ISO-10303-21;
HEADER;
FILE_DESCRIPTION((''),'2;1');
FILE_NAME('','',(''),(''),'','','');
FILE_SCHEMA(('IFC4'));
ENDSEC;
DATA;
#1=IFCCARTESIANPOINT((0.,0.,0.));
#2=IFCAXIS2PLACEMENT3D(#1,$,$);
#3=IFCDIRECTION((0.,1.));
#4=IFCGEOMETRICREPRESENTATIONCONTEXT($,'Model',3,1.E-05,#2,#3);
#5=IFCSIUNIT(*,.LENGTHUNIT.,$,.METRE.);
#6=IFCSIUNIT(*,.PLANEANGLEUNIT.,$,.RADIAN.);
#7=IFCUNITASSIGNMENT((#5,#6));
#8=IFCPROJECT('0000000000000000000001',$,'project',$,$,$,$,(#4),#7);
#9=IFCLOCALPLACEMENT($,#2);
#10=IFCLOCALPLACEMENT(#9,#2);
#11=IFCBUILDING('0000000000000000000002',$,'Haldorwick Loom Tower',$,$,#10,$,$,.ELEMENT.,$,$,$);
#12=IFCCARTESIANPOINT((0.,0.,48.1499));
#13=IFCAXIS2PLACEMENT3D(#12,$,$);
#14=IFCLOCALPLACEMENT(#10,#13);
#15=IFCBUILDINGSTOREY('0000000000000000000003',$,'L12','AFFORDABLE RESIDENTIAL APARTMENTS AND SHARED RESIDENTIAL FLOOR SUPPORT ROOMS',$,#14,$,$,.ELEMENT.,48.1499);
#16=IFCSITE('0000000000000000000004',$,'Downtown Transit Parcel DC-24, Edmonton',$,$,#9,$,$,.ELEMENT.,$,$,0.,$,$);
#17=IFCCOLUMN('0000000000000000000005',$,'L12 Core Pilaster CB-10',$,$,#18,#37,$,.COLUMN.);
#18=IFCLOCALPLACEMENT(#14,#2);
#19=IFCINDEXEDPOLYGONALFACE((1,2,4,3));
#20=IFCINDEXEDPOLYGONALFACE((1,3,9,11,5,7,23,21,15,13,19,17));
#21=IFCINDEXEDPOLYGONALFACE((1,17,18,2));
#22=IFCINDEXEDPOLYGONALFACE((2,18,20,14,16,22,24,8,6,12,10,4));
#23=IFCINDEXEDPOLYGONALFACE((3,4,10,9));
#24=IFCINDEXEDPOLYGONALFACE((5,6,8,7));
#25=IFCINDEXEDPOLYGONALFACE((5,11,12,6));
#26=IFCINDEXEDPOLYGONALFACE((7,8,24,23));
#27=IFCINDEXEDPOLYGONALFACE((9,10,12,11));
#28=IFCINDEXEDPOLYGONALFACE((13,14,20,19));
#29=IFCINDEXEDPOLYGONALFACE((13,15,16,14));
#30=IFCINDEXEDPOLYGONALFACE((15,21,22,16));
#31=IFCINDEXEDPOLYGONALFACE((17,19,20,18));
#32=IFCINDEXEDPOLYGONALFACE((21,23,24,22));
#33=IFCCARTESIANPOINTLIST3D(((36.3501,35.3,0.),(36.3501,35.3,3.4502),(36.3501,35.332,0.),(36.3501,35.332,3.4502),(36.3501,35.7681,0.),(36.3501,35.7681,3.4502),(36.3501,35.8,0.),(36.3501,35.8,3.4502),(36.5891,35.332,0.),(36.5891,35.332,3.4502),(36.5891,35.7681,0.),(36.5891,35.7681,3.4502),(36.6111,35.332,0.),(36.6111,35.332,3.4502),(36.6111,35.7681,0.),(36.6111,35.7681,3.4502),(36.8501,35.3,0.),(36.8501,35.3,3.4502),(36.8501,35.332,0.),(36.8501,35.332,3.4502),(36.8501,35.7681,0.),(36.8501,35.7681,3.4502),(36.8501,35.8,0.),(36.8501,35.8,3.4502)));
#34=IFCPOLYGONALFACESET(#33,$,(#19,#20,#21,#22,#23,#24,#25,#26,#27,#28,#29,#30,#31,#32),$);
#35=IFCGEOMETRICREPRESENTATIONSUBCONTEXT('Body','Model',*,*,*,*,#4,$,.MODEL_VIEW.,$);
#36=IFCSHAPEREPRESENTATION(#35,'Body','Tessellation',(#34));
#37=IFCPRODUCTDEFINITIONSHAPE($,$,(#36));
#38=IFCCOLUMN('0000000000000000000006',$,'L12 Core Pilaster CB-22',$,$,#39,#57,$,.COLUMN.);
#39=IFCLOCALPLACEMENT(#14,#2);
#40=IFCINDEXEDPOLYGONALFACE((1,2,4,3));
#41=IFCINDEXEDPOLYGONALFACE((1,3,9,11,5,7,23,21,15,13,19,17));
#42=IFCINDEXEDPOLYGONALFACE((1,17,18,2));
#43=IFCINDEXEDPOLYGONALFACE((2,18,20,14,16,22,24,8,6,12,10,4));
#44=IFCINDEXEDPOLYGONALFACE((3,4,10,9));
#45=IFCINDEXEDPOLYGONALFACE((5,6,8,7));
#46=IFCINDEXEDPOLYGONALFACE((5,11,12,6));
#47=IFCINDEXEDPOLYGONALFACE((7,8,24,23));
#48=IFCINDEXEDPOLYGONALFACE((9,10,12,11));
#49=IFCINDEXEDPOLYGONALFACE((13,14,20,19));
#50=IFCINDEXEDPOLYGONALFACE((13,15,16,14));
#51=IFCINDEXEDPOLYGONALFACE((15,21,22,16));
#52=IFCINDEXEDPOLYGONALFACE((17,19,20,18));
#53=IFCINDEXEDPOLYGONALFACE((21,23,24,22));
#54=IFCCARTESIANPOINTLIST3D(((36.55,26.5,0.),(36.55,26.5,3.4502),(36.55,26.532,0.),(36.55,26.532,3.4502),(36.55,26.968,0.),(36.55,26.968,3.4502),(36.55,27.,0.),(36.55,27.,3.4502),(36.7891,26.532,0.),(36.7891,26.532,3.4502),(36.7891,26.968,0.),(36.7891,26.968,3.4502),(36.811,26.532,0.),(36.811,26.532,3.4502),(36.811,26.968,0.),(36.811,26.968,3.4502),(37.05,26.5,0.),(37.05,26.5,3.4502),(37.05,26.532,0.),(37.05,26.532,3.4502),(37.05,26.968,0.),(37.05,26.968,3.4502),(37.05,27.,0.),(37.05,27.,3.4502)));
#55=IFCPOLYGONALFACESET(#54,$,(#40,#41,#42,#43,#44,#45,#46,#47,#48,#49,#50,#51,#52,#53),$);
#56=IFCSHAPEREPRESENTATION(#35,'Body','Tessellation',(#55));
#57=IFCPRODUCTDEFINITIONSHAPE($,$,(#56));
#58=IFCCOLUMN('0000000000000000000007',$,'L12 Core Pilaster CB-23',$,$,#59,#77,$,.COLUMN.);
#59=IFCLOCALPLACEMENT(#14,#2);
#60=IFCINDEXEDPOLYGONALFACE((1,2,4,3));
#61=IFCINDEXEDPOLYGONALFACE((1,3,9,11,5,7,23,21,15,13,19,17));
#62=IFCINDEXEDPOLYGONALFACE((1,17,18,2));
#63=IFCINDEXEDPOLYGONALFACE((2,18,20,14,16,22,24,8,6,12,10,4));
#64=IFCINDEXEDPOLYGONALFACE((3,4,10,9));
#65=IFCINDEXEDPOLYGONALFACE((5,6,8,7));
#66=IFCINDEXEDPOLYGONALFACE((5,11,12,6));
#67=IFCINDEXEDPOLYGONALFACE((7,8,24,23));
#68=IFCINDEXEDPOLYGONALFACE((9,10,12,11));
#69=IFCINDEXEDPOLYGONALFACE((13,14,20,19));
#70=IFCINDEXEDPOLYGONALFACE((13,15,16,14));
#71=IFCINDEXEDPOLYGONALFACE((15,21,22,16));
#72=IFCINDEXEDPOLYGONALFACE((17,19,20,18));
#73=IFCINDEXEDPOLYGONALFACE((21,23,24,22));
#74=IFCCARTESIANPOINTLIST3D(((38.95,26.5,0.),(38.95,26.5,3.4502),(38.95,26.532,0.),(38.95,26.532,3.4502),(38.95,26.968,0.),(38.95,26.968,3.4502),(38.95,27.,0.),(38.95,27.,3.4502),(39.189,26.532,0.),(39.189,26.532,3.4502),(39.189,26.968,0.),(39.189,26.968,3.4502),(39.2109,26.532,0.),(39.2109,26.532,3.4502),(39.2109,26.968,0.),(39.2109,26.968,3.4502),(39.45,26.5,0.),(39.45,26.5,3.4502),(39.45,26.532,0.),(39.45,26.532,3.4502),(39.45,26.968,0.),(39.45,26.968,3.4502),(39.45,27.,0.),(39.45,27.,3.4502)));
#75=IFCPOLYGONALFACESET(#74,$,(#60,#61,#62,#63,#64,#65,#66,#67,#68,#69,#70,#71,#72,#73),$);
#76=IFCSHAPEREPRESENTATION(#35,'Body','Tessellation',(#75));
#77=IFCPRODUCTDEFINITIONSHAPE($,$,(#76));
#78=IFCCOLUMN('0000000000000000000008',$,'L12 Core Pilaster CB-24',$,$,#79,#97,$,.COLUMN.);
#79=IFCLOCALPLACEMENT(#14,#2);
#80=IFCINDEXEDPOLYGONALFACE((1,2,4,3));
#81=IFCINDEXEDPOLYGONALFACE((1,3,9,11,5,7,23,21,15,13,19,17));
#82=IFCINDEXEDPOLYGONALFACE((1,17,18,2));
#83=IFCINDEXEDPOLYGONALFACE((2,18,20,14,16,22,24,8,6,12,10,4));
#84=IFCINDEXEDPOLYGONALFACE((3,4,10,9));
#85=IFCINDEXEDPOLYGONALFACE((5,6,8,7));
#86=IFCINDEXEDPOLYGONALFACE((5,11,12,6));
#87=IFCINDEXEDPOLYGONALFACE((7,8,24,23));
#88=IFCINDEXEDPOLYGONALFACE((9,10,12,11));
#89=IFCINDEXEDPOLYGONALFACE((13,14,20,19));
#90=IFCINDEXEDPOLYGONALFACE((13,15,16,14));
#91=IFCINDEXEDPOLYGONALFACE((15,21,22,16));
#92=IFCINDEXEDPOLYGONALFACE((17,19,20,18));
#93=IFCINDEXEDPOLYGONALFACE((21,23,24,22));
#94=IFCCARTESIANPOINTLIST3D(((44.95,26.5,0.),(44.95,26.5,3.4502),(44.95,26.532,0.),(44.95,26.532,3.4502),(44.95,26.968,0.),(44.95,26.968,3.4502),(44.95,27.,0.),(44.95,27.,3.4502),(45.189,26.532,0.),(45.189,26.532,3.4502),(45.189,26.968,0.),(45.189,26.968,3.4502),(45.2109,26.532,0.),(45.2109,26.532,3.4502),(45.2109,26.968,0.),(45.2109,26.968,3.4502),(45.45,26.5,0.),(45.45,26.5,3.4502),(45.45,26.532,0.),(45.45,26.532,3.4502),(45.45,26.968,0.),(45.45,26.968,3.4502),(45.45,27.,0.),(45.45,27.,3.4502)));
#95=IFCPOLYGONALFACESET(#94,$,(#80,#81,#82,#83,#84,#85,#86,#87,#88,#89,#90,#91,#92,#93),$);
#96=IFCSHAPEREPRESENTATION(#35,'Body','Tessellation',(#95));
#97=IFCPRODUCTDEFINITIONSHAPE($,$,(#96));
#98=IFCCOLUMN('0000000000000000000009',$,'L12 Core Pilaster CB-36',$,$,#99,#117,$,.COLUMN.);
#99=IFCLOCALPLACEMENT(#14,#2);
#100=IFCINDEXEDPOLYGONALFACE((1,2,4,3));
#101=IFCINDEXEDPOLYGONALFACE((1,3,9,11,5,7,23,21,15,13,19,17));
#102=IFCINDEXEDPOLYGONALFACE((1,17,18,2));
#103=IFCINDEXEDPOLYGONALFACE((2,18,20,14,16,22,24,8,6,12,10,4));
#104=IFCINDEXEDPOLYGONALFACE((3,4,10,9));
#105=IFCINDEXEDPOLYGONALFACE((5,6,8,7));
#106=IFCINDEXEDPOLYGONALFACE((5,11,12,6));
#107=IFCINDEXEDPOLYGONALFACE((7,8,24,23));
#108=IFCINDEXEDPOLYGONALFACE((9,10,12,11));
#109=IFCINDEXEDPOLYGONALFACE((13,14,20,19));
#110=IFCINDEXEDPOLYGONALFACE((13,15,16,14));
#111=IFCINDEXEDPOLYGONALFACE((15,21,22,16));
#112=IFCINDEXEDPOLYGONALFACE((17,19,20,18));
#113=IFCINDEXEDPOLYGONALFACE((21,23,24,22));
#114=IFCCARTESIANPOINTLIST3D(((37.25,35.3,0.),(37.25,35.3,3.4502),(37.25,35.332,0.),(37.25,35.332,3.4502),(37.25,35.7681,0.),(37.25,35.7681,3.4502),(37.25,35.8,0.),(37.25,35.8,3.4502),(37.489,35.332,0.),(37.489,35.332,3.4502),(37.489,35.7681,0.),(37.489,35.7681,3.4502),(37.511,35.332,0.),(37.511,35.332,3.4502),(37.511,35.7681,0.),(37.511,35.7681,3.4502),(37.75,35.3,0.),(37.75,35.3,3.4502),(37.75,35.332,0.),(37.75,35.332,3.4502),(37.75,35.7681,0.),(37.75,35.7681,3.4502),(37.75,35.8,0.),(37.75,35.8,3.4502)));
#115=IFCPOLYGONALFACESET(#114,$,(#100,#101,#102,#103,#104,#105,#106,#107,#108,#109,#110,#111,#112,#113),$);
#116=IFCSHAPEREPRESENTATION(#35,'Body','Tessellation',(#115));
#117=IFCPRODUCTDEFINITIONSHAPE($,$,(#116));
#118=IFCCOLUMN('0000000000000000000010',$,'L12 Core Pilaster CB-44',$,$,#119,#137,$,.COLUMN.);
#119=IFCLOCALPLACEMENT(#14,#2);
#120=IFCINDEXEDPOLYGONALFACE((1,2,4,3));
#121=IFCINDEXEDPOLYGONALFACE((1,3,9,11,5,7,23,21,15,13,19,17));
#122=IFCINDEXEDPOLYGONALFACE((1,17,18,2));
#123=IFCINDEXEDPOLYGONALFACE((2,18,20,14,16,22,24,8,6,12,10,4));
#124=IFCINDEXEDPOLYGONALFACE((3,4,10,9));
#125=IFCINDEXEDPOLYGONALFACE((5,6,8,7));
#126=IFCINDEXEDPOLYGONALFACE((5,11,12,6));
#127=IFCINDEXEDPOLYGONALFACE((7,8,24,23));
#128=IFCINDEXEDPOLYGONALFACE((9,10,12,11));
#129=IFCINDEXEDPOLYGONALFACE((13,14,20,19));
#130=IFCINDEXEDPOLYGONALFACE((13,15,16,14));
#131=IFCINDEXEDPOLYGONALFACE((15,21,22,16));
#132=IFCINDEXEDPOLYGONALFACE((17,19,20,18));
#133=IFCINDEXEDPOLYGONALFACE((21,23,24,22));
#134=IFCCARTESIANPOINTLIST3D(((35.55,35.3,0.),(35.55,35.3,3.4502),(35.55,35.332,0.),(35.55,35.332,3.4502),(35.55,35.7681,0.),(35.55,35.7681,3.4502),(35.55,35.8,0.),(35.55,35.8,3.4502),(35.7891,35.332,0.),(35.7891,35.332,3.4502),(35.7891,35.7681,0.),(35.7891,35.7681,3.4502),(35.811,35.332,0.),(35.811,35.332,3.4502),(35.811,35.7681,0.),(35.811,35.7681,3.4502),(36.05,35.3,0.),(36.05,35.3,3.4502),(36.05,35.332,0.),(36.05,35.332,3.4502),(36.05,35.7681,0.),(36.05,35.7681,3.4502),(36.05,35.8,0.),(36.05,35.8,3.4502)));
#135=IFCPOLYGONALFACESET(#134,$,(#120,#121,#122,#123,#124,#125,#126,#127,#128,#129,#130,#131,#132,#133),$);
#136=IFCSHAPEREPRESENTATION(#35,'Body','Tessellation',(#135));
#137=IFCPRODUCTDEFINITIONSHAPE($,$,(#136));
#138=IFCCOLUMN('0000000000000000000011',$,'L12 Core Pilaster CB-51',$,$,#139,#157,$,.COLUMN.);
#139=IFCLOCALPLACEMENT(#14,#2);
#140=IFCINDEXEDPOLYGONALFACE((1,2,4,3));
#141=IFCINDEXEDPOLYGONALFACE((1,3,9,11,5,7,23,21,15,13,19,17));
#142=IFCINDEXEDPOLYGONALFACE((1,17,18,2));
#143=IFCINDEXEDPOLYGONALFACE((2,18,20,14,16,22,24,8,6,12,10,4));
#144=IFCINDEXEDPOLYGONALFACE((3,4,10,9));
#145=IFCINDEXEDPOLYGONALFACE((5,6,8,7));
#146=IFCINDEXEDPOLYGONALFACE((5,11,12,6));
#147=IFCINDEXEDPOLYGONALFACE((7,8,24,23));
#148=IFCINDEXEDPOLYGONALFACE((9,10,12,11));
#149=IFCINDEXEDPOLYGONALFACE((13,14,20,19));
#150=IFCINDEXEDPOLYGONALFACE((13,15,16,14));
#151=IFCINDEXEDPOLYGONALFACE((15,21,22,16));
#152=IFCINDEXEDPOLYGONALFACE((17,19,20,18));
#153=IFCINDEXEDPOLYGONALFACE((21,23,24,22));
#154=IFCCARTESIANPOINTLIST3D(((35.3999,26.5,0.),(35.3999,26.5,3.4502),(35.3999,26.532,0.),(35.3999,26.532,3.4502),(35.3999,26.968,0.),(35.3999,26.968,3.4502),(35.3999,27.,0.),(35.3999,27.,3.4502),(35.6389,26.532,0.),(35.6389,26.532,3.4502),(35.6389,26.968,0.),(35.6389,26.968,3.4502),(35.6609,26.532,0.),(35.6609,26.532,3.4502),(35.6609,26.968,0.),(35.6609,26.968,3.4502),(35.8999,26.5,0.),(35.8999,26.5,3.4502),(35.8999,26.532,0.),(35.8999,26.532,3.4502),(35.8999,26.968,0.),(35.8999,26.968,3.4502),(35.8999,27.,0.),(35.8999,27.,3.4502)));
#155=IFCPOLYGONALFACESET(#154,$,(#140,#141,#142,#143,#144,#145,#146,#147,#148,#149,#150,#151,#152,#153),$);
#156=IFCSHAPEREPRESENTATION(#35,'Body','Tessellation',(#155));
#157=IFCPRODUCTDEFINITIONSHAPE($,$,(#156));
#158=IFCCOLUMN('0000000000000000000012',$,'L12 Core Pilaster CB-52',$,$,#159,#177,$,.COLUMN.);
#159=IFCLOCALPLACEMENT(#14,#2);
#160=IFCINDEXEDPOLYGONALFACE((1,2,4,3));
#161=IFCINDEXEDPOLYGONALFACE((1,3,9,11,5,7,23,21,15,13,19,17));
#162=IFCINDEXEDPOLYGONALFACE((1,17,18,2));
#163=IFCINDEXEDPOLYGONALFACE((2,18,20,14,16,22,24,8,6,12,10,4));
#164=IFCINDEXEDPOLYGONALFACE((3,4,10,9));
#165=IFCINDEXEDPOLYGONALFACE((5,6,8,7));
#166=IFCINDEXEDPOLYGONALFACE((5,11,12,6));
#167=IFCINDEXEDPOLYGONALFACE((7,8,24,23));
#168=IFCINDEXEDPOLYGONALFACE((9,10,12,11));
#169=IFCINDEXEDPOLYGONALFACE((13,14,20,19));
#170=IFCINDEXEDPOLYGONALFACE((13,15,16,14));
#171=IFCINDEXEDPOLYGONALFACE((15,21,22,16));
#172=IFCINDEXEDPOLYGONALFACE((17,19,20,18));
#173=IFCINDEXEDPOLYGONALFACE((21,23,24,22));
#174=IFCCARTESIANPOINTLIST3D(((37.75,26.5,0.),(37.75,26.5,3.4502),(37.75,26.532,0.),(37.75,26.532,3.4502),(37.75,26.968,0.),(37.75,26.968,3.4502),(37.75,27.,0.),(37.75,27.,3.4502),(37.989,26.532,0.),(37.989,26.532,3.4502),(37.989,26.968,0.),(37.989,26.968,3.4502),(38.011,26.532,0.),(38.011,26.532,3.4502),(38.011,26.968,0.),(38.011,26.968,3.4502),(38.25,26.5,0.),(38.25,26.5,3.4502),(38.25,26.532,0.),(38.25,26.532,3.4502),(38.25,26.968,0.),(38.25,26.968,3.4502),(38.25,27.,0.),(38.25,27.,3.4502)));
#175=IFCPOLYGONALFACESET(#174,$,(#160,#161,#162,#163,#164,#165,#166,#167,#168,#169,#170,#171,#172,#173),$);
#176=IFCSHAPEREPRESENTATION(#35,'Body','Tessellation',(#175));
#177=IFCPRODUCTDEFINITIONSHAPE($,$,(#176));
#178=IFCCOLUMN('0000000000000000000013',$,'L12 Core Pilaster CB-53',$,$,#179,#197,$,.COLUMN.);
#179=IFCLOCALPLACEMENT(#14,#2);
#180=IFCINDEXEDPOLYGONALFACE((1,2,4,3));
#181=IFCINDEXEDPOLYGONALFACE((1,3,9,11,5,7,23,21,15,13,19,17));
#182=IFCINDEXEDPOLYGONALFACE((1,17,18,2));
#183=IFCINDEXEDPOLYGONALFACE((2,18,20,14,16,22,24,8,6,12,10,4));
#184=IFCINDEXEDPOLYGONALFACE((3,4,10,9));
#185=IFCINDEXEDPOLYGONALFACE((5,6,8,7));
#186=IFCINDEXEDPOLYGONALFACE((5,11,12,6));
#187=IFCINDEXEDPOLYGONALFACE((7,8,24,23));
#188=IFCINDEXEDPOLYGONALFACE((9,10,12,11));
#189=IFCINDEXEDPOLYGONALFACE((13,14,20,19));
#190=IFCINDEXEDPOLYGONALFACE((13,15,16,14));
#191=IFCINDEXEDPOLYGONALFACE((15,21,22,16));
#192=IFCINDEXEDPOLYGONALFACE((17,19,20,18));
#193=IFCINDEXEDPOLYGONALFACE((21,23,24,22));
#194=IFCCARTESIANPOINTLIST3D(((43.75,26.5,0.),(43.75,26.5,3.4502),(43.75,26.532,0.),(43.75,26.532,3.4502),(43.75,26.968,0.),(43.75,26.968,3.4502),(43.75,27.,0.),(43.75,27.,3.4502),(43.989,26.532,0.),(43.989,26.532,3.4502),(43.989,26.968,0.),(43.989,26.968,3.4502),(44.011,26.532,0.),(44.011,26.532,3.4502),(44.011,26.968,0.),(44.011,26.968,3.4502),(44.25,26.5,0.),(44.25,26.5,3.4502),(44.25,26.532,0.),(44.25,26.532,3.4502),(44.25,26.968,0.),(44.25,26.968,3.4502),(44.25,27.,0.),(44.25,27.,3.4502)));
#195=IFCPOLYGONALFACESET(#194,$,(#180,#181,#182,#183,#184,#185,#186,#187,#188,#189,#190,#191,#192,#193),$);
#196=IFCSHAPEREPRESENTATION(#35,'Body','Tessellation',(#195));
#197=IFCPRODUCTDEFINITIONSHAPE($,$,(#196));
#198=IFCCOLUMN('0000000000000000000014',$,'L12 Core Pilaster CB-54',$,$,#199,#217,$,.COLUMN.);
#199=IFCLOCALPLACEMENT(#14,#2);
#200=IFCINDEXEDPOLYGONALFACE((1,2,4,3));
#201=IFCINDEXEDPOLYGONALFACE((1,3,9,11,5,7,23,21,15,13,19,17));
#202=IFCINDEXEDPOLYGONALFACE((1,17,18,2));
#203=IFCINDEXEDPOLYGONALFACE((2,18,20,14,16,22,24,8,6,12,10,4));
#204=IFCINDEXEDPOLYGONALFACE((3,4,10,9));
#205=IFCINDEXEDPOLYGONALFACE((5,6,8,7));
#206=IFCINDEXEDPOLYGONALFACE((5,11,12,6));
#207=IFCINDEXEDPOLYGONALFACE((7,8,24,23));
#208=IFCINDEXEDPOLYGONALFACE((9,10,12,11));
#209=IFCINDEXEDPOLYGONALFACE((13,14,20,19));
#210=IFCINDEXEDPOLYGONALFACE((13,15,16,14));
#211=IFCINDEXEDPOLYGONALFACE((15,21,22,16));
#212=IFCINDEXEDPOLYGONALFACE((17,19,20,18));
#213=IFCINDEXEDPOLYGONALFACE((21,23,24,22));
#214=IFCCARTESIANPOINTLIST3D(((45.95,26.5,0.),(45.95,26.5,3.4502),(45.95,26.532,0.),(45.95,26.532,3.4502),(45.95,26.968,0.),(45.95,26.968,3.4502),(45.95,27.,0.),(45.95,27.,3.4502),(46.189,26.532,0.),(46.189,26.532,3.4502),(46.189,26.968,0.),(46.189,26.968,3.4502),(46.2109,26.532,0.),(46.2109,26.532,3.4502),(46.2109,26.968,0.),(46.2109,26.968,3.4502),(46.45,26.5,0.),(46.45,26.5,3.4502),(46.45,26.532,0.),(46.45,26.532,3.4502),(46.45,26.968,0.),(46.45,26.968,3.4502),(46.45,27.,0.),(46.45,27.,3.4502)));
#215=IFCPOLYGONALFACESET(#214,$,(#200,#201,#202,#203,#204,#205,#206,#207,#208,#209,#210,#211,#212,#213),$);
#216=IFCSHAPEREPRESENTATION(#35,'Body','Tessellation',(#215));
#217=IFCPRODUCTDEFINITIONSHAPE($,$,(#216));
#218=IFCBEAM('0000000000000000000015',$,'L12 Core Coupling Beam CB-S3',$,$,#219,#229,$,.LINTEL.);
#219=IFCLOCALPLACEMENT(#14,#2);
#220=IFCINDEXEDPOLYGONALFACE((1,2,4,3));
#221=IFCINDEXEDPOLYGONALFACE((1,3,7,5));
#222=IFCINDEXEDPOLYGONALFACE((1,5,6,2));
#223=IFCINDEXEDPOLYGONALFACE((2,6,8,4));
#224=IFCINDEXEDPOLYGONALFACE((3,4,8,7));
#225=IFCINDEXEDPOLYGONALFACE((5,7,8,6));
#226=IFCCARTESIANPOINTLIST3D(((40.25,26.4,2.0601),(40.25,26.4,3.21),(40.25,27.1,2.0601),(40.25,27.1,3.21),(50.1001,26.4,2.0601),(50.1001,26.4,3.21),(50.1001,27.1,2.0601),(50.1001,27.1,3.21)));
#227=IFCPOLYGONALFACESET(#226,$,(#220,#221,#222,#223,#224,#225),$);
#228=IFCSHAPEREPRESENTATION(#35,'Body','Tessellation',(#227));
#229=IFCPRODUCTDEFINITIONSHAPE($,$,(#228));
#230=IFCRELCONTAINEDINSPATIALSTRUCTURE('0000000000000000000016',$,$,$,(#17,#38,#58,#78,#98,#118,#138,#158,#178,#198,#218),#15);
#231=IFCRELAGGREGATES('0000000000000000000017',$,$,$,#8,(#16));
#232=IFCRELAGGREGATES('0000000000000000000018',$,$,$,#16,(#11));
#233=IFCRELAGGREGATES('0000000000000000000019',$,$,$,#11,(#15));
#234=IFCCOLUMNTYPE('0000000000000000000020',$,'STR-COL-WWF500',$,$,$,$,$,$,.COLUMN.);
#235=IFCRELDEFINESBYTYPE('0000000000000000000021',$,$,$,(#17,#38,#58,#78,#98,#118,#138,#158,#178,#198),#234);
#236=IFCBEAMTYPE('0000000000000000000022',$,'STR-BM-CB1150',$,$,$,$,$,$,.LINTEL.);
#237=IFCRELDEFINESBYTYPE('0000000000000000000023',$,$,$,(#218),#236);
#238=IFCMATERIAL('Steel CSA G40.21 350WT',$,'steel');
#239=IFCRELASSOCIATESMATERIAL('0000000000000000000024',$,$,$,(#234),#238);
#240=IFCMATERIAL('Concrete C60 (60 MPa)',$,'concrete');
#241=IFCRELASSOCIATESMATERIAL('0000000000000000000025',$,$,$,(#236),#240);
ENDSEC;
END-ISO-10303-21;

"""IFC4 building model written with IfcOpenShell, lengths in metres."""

from ifc_helpers import new_model, si_unit, direction, frame, origin, origin_2d, place, context, subcontext, project, spatial, rectangle, i_section, extrude, material, material_profile, profile_set, type_object, element, save


model = new_model("IFC4")

# Units and contexts
model_context = context("Model", 3, precision=1e-05, world=origin(), true_north=direction((0.0, 1.0)))
body_context = subcontext(model_context, "Body", "Model", "MODEL_VIEW")
ifc_project = project(units=[si_unit("LENGTHUNIT", "METRE"), si_unit("PLANEANGLEUNIT", "RADIAN")], contexts=[model_context])

# Site, building, storey
site_placement = place(None, origin())
site = spatial("IfcSite", under=ifc_project, at=site_placement, Name="Downtown Transit Parcel DC-24, Edmonton", CompositionType="ELEMENT", RefElevation=0.0)
building_placement = place(site_placement, origin())
building = spatial("IfcBuilding", under=site, at=building_placement, Name="Haldorwick Loom Tower", CompositionType="ELEMENT")
storey_placement = place(building_placement, frame((0.0, 0.0, 48.1499)))
storey = spatial("IfcBuildingStorey", under=building, at=storey_placement, Name="L12", Description="AFFORDABLE RESIDENTIAL APARTMENTS AND SHARED RESIDENTIAL FLOOR SUPPORT ROOMS", CompositionType="ELEMENT", Elevation=48.1499)

# Columns
ifc_material_1 = material(Name="Steel CSA G40.21 350WT", Category="steel")
ifc_material_profile_1 = material_profile(ifc_material_1, i_section(OverallWidth=0.5, OverallDepth=0.5, WebThickness=0.022, FlangeThickness=0.032, at=origin_2d()), Name="WWF500X500", Category="steel")
ifc_profile_set_1 = profile_set([ifc_material_profile_1], Name="Steel CSA G40.21 350WT")
column_type = type_object("IfcColumnType", Name="STR-COL-WWF500", PredefinedType="COLUMN", material=ifc_profile_set_1)
for number, where, z_axis, x_axis, name in (
    (1, (36.6001, 35.55, 0.0), (0.0, 0.0, 1.0), (1.0, 0.0, 0.0), "L12 Core Pilaster CB-10"),
    (2, (36.8, 26.75, 0.0), (0.0, 0.0, 1.0), (1.0, 0.0, 0.0), "L12 Core Pilaster CB-22"),
    (3, (39.2, 26.75, 0.0), (0.0, 0.0, 1.0), (1.0, 0.0, 0.0), "L12 Core Pilaster CB-23"),
    (4, (45.2, 26.75, 0.0), (0.0, 0.0, 1.0), (1.0, 0.0, 0.0), "L12 Core Pilaster CB-24"),
    (5, (37.5, 35.55, 0.0), (0.0, 0.0, 1.0), (1.0, 0.0, 0.0), "L12 Core Pilaster CB-36"),
    (6, (35.8, 35.55, 0.0), (0.0, 0.0, 1.0), (1.0, 0.0, 0.0), "L12 Core Pilaster CB-44"),
    (7, (35.6499, 26.75, 0.0), (0.0, 0.0, 1.0), (1.0, 0.0, 0.0), "L12 Core Pilaster CB-51"),
    (8, (38.0, 26.75, 0.0), (0.0, 0.0, 1.0), (1.0, 0.0, 0.0), "L12 Core Pilaster CB-52"),
    (9, (44.0, 26.75, 0.0), (0.0, 0.0, 1.0), (1.0, 0.0, 0.0), "L12 Core Pilaster CB-53"),
    (10, (46.2, 26.75, 0.0), (0.0, 0.0, 1.0), (1.0, 0.0, 0.0), "L12 Core Pilaster CB-54"),
):
    element("IfcColumn", number, at=place(storey_placement, frame(where, z_axis=z_axis, x_axis=x_axis)), inside=storey, type_object=column_type, Name=name, PredefinedType="COLUMN", context=body_context, shape_type="SweptSolid", body=[
        extrude(i_section(OverallWidth=0.5, OverallDepth=0.5, WebThickness=0.022, FlangeThickness=0.032, at=origin_2d()), origin(), (0.0, 0.0, 1.0), 3.4502),
    ])

# Beam
ifc_material_2 = material(Name="Concrete C60 (60 MPa)", Category="concrete")
ifc_material_profile_2 = material_profile(ifc_material_2, rectangle(XDim=0.7, YDim=1.1499, at=origin_2d()), Name="RC700X1150", Category="concrete")
ifc_profile_set_2 = profile_set([ifc_material_profile_2], Name="Concrete C60 (60 MPa)")
beam_type_1 = type_object("IfcBeamType", Name="STR-BM-CB1150", PredefinedType="LINTEL", material=ifc_profile_set_2)
beam_placement = place(storey_placement, frame((40.25, 26.75, 2.635), z_axis=(1.0, 0.0, 0.0), x_axis=(0.0, 1.0, 0.0)))
element("IfcBeam", 11, at=beam_placement, inside=storey, type_object=beam_type_1, Name="L12 Core Coupling Beam CB-S3", PredefinedType="LINTEL", context=body_context, shape_type="SweptSolid", body=[
    extrude(rectangle(XDim=0.7, YDim=1.1499, at=origin_2d()), origin(), (0.0, 0.0, 1.0), 9.8501),
])

save(model, "model.ifc")
